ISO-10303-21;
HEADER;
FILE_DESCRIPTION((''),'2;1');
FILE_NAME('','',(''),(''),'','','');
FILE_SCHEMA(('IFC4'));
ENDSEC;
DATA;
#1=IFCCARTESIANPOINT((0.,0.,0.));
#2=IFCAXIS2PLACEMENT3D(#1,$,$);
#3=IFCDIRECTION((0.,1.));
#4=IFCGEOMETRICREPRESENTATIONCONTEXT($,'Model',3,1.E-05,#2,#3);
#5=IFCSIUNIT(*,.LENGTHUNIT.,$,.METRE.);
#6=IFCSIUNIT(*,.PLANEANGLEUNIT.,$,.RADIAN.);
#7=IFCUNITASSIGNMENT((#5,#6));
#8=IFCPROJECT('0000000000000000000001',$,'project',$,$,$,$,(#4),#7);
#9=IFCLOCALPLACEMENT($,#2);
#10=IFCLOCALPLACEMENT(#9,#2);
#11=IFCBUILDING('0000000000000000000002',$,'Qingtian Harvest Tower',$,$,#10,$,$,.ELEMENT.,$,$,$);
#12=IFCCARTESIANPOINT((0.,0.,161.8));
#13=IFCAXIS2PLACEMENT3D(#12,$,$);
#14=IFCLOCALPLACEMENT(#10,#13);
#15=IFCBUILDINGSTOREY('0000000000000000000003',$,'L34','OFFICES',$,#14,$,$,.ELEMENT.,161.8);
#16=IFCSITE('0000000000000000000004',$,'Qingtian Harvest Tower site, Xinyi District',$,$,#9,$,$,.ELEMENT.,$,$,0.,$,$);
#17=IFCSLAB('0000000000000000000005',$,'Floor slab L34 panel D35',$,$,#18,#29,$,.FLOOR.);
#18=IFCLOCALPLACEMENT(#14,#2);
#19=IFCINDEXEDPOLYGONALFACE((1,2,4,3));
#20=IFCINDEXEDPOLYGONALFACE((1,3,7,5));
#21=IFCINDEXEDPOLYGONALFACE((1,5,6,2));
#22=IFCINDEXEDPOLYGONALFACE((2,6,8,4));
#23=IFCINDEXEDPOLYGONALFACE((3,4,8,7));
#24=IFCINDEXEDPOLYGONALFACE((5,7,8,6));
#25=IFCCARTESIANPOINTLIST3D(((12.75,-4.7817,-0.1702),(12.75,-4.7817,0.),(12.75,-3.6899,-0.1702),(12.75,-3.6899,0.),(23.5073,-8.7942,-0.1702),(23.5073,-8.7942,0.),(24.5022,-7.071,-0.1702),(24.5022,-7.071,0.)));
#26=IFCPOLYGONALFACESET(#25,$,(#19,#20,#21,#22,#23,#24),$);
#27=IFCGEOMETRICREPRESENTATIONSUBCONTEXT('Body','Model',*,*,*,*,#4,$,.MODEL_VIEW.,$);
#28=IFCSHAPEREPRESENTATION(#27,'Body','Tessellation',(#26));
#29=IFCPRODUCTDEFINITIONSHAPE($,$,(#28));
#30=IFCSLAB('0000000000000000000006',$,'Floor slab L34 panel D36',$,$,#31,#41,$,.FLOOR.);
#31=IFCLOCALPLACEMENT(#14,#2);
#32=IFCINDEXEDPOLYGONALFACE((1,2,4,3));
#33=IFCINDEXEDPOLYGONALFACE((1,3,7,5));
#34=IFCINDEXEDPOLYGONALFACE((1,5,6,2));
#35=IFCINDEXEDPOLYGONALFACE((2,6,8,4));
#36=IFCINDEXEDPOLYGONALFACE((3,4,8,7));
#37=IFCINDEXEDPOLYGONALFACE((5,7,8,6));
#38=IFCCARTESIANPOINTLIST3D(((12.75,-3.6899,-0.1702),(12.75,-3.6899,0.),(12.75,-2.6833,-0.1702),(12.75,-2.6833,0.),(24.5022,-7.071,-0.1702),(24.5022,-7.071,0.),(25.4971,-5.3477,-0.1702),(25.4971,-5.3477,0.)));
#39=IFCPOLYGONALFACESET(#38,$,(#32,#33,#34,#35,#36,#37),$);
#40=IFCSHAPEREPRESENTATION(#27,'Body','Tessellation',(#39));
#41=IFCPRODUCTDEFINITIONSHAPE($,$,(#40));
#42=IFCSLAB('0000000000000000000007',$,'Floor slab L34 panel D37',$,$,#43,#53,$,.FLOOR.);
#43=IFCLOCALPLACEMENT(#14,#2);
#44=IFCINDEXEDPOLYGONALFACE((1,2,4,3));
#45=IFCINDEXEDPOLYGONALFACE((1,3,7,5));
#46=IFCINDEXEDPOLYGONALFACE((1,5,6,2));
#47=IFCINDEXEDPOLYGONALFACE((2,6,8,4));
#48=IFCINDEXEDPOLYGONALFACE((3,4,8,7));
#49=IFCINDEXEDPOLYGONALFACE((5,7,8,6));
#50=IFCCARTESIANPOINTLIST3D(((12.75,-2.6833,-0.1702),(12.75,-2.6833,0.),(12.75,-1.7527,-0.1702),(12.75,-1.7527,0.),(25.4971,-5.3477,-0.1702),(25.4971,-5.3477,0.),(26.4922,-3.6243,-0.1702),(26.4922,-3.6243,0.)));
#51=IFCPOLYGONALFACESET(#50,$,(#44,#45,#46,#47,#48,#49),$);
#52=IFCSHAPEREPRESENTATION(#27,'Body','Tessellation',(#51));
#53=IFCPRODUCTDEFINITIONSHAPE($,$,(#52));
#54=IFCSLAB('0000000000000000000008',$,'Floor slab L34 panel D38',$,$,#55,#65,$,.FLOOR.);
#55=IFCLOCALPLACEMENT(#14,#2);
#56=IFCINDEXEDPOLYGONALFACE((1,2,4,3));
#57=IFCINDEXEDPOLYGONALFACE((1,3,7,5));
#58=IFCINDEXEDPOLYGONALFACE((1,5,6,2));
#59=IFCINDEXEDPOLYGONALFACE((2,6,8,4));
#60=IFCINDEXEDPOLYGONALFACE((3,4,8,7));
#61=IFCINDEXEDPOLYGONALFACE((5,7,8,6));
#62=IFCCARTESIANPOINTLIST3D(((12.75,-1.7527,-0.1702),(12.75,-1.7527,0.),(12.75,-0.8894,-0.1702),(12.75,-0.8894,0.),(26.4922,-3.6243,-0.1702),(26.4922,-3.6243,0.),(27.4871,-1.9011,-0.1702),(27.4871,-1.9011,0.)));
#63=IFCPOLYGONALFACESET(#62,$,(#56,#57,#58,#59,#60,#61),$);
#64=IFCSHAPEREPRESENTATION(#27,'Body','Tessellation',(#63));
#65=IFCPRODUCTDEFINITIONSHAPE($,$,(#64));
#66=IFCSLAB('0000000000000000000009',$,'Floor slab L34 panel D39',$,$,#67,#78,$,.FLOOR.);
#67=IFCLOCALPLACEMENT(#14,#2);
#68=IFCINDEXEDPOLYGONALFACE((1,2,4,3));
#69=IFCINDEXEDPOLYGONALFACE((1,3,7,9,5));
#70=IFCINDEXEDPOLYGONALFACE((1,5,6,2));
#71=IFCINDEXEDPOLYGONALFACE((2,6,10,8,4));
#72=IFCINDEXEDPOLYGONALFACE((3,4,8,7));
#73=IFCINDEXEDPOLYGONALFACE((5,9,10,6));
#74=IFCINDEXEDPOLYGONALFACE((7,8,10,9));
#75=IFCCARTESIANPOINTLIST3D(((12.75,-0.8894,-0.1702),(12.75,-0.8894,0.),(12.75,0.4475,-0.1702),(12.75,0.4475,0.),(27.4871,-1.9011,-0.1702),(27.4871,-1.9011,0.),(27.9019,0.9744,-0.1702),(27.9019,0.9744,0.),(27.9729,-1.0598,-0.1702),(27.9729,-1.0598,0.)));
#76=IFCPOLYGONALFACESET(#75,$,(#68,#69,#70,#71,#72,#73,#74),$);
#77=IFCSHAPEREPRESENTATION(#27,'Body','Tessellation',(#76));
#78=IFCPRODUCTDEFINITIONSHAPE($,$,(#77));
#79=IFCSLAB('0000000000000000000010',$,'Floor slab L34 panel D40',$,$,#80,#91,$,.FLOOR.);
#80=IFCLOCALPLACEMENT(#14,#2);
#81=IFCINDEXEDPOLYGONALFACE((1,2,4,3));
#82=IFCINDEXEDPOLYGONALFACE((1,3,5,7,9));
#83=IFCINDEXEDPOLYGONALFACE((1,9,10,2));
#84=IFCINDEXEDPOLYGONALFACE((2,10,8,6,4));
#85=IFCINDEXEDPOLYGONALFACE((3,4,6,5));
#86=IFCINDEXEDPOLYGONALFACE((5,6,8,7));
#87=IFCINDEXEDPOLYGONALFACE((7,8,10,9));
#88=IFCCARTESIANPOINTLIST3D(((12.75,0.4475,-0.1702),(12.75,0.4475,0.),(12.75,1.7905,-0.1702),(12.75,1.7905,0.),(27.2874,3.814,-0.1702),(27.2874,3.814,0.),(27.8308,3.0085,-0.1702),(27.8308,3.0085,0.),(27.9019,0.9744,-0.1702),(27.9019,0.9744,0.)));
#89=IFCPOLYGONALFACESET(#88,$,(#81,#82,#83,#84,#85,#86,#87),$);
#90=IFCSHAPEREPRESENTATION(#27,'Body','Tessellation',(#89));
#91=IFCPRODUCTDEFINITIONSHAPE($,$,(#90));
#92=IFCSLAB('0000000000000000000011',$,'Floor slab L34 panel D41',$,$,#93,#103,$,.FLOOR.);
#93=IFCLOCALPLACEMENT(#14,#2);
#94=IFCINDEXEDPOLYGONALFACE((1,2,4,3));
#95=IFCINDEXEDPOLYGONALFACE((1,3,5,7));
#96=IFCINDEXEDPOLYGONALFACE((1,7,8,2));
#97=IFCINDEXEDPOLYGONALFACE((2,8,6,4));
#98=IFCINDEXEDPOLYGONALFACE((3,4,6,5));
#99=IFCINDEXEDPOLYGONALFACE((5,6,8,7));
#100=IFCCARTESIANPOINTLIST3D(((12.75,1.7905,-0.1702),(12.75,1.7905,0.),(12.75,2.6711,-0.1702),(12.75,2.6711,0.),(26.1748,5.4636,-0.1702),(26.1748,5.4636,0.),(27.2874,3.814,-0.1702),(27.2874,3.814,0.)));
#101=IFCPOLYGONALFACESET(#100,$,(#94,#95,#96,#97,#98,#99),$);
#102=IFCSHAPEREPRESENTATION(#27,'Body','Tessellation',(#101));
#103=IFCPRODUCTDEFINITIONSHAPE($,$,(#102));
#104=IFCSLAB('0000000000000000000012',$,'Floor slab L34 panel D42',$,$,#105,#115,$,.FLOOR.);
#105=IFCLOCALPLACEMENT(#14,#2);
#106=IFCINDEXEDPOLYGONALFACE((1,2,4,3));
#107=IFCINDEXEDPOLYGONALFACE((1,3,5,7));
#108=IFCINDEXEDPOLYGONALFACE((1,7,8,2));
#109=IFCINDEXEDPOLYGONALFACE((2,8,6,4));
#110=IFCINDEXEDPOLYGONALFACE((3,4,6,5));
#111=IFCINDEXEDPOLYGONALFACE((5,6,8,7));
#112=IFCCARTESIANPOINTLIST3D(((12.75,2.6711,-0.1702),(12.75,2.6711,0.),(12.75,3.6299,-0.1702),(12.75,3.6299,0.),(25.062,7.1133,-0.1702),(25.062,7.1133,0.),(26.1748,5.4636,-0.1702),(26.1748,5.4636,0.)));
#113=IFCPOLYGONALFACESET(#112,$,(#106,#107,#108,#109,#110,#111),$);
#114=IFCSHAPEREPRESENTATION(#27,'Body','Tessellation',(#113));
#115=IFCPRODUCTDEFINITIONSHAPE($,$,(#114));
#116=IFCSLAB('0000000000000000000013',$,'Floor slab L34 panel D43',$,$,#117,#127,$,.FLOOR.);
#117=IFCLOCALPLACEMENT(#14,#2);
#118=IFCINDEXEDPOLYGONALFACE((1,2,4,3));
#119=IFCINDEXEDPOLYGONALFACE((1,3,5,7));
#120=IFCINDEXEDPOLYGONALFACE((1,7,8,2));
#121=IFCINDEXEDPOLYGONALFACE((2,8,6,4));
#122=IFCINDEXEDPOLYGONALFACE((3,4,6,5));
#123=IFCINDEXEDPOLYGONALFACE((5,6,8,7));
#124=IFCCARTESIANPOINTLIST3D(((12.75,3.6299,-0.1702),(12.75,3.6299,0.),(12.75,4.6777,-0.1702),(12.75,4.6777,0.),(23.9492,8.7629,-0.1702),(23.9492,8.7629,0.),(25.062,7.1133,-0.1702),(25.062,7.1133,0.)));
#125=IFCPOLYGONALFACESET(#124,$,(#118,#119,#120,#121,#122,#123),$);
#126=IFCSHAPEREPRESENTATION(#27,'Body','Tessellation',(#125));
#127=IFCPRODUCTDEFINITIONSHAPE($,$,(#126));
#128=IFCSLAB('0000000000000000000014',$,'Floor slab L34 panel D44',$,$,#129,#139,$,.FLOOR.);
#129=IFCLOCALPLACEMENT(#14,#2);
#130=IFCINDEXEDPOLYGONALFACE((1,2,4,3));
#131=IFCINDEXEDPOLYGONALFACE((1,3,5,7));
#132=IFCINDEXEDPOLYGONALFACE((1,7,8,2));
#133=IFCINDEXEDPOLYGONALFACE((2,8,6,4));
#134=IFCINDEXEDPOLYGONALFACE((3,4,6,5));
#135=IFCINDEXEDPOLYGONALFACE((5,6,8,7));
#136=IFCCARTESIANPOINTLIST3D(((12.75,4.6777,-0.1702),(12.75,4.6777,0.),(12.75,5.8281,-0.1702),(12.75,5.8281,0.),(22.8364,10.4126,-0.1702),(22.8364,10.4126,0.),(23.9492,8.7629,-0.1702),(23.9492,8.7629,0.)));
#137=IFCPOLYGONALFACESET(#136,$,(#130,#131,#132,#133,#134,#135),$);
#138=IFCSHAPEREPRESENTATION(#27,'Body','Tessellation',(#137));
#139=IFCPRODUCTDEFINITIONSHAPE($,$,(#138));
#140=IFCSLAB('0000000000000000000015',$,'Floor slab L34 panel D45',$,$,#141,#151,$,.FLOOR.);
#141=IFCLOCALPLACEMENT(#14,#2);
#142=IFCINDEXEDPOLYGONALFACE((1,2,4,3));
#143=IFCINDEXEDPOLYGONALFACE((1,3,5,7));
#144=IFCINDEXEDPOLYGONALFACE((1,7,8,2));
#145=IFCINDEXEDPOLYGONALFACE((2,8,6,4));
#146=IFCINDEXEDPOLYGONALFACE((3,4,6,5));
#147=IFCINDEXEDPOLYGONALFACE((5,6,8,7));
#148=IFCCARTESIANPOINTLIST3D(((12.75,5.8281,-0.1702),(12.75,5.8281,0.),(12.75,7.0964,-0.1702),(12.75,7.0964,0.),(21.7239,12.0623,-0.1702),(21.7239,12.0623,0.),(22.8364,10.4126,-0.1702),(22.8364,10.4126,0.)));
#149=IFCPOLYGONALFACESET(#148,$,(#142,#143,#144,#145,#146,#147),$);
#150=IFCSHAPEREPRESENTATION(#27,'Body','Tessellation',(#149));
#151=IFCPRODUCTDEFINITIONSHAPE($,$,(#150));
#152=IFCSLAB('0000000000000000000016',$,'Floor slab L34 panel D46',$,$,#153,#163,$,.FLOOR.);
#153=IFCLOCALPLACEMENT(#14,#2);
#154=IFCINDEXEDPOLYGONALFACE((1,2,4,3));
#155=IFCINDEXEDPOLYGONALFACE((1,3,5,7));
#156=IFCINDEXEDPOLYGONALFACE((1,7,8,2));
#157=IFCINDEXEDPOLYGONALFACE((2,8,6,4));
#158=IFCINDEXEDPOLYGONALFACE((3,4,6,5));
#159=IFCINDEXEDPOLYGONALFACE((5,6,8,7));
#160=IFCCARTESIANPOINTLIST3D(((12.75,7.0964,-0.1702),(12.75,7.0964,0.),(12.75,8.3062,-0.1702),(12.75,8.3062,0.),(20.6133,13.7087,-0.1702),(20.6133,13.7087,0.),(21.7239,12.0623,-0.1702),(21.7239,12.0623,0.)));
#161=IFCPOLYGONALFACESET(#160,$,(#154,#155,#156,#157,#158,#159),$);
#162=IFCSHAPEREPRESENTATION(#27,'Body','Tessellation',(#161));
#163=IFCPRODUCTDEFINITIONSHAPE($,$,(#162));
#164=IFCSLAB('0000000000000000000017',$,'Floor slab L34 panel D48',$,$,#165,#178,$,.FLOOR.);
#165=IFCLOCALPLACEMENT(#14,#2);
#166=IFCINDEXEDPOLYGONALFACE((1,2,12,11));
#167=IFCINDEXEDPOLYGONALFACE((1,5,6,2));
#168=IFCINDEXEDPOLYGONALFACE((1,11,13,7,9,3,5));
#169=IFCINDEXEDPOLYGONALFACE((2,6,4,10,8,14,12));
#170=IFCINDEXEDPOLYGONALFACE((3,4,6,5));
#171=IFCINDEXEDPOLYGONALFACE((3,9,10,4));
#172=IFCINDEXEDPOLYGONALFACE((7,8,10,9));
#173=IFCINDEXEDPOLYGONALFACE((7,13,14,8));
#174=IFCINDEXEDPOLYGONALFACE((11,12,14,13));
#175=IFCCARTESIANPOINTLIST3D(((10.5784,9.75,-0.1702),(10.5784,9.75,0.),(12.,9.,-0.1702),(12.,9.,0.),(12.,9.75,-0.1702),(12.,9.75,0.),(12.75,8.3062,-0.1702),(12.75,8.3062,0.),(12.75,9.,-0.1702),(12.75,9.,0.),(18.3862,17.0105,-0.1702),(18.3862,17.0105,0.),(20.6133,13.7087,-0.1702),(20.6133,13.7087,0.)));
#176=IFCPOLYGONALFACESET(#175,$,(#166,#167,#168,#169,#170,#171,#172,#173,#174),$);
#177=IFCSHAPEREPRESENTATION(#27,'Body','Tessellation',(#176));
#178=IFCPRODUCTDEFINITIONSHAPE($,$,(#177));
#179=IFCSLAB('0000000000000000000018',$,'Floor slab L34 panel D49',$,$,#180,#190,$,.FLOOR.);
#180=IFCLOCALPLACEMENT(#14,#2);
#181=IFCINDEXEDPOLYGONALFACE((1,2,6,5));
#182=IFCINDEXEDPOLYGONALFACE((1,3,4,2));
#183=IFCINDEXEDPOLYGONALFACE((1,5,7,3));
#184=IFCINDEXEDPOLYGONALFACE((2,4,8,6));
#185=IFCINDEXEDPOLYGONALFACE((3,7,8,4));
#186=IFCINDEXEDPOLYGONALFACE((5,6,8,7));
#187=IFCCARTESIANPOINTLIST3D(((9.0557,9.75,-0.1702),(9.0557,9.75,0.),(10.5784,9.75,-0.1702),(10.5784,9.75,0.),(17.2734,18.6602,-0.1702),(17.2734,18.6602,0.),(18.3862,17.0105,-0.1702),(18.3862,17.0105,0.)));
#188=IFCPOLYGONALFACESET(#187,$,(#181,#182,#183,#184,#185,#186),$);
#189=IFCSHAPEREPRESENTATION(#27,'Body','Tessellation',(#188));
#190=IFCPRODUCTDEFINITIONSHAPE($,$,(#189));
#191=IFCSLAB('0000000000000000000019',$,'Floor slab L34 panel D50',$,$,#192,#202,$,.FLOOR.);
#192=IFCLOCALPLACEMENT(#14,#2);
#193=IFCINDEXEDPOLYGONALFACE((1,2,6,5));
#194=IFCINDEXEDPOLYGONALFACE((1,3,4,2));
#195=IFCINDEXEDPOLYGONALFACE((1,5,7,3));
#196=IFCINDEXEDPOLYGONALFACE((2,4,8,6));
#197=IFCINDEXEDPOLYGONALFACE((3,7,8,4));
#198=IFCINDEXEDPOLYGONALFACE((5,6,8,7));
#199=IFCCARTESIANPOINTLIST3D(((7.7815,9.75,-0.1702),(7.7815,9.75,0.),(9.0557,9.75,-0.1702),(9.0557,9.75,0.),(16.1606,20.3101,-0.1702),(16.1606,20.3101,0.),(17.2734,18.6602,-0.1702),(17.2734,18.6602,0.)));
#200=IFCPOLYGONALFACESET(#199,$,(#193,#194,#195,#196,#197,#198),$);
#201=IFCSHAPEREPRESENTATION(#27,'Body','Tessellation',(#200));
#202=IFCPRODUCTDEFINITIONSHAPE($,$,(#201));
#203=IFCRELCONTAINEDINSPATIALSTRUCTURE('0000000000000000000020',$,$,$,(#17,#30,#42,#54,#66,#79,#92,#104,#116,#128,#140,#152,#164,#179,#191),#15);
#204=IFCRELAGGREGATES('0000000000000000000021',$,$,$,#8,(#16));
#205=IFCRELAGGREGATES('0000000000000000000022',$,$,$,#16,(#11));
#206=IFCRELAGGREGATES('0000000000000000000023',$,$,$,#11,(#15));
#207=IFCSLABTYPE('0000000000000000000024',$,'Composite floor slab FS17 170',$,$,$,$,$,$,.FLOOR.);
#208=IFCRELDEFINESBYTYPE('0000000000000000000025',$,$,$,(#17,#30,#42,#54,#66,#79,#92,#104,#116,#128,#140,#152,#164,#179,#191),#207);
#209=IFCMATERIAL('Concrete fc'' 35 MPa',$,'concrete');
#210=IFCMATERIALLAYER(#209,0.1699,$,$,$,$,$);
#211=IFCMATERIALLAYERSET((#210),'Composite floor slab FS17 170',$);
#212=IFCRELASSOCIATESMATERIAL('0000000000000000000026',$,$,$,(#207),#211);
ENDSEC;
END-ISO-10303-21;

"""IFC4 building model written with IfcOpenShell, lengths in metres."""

from ifc_helpers import new_model, si_unit, direction, frame, origin, place, context, subcontext, project, spatial, polyline, outline, extrude, material, layer, layer_set, type_object, element, save


model = new_model("IFC4")

# Units and contexts
model_context = context("Model", 3, precision=1e-05, world=origin(), true_north=direction((0.0, 1.0)))
body_context = subcontext(model_context, "Body", "Model", "MODEL_VIEW")
ifc_project = project(units=[si_unit("LENGTHUNIT", "METRE"), si_unit("PLANEANGLEUNIT", "RADIAN")], contexts=[model_context])

# Site, building, storey
site_placement = place(None, origin())
site = spatial("IfcSite", under=ifc_project, at=site_placement, Name="Qingtian Harvest Tower site, Xinyi District", CompositionType="ELEMENT", RefElevation=0.0)
building_placement = place(site_placement, origin())
building = spatial("IfcBuilding", under=site, at=building_placement, Name="Qingtian Harvest Tower", CompositionType="ELEMENT")
storey_placement = place(building_placement, frame((0.0, 0.0, 161.8)))
storey = spatial("IfcBuildingStorey", under=building, at=storey_placement, Name="L34", Description="OFFICES", CompositionType="ELEMENT", Elevation=161.8)

# Slabs
ifc_material_1 = material(Name="Concrete fc' 35 MPa", Category="concrete")
ifc_layer_1 = layer(ifc_material_1, 0.1699)
ifc_layer_set_1 = layer_set([ifc_layer_1], Name="Composite floor slab FS17 170")
slab_type = type_object("IfcSlabType", Name="Composite floor slab FS17 170", PredefinedType="FLOOR", material=ifc_layer_set_1)
slab_1_placement = place(storey_placement, frame((0.0, 0.0, -0.1702)))
element("IfcSlab", 1, at=slab_1_placement, inside=storey, type_object=slab_type, Name="Floor slab L34 panel D35", PredefinedType="FLOOR", context=body_context, shape_type="SweptSolid", body=[
    extrude(outline(polyline([(12.75, -3.6899), (24.5022, -7.071), (23.5073, -8.7942), (12.75, -4.7817), (12.75, -3.6899)])), origin(), (0.0, 0.0, 1.0), 0.1702),
])
slab_2_placement = place(storey_placement, frame((0.0, 0.0, -0.1702)))
element("IfcSlab", 2, at=slab_2_placement, inside=storey, type_object=slab_type, Name="Floor slab L34 panel D36", PredefinedType="FLOOR", context=body_context, shape_type="SweptSolid", body=[
    extrude(outline(polyline([(12.75, -2.6833), (25.4971, -5.3477), (24.5022, -7.071), (12.75, -3.6899), (12.75, -2.6833)])), origin(), (0.0, 0.0, 1.0), 0.1702),
])
slab_3_placement = place(storey_placement, frame((0.0, 0.0, -0.1702)))
element("IfcSlab", 3, at=slab_3_placement, inside=storey, type_object=slab_type, Name="Floor slab L34 panel D37", PredefinedType="FLOOR", context=body_context, shape_type="SweptSolid", body=[
    extrude(outline(polyline([(12.75, -1.7527), (26.4922, -3.6243), (25.4971, -5.3477), (12.75, -2.6833), (12.75, -1.7527)])), origin(), (0.0, 0.0, 1.0), 0.1702),
])
slab_4_placement = place(storey_placement, frame((0.0, 0.0, -0.1702)))
element("IfcSlab", 4, at=slab_4_placement, inside=storey, type_object=slab_type, Name="Floor slab L34 panel D38", PredefinedType="FLOOR", context=body_context, shape_type="SweptSolid", body=[
    extrude(outline(polyline([(12.75, -0.8894), (27.4871, -1.9011), (26.4922, -3.6243), (12.75, -1.7527), (12.75, -0.8894)])), origin(), (0.0, 0.0, 1.0), 0.1702),
])
slab_5_placement = place(storey_placement, frame((0.0, 0.0, -0.1702)))
element("IfcSlab", 5, at=slab_5_placement, inside=storey, type_object=slab_type, Name="Floor slab L34 panel D39", PredefinedType="FLOOR", context=body_context, shape_type="SweptSolid", body=[
    extrude(outline(polyline([(12.75, -0.8894), (12.75, 0.4475), (27.9019, 0.9744), (27.9729, -1.0598), (27.4871, -1.9011), (12.75, -0.8894)])), origin(), (0.0, 0.0, 1.0), 0.1702),
])
slab_6_placement = place(storey_placement, frame((0.0, 0.0, -0.1702)))
element("IfcSlab", 6, at=slab_6_placement, inside=storey, type_object=slab_type, Name="Floor slab L34 panel D40", PredefinedType="FLOOR", context=body_context, shape_type="SweptSolid", body=[
    extrude(outline(polyline([(12.75, 0.4475), (12.75, 1.7905), (27.2874, 3.814), (27.8308, 3.0085), (27.9019, 0.9744), (12.75, 0.4475)])), origin(), (0.0, 0.0, 1.0), 0.1702),
])
slab_7_placement = place(storey_placement, frame((0.0, 0.0, -0.1702)))
element("IfcSlab", 7, at=slab_7_placement, inside=storey, type_object=slab_type, Name="Floor slab L34 panel D41", PredefinedType="FLOOR", context=body_context, shape_type="SweptSolid", body=[
    extrude(outline(polyline([(12.75, 2.6711), (26.1748, 5.4636), (27.2874, 3.814), (12.75, 1.7905), (12.75, 2.6711)])), origin(), (0.0, 0.0, 1.0), 0.1702),
])
slab_8_placement = place(storey_placement, frame((0.0, 0.0, -0.1702)))
element("IfcSlab", 8, at=slab_8_placement, inside=storey, type_object=slab_type, Name="Floor slab L34 panel D42", PredefinedType="FLOOR", context=body_context, shape_type="SweptSolid", body=[
    extrude(outline(polyline([(12.75, 3.6299), (25.062, 7.1133), (26.1748, 5.4636), (12.75, 2.6711), (12.75, 3.6299)])), origin(), (0.0, 0.0, 1.0), 0.1702),
])
slab_9_placement = place(storey_placement, frame((0.0, 0.0, -0.1702)))
element("IfcSlab", 9, at=slab_9_placement, inside=storey, type_object=slab_type, Name="Floor slab L34 panel D43", PredefinedType="FLOOR", context=body_context, shape_type="SweptSolid", body=[
    extrude(outline(polyline([(12.75, 4.6777), (23.9492, 8.7629), (25.062, 7.1133), (12.75, 3.6299), (12.75, 4.6777)])), origin(), (0.0, 0.0, 1.0), 0.1702),
])
slab_10_placement = place(storey_placement, frame((0.0, 0.0, -0.1702)))
element("IfcSlab", 10, at=slab_10_placement, inside=storey, type_object=slab_type, Name="Floor slab L34 panel D44", PredefinedType="FLOOR", context=body_context, shape_type="SweptSolid", body=[
    extrude(outline(polyline([(12.75, 5.8281), (22.8364, 10.4126), (23.9492, 8.7629), (12.75, 4.6777), (12.75, 5.8281)])), origin(), (0.0, 0.0, 1.0), 0.1702),
])
slab_11_placement = place(storey_placement, frame((0.0, 0.0, -0.1702)))
element("IfcSlab", 11, at=slab_11_placement, inside=storey, type_object=slab_type, Name="Floor slab L34 panel D45", PredefinedType="FLOOR", context=body_context, shape_type="SweptSolid", body=[
    extrude(outline(polyline([(12.75, 7.0964), (21.7239, 12.0623), (22.8364, 10.4126), (12.75, 5.8281), (12.75, 7.0964)])), origin(), (0.0, 0.0, 1.0), 0.1702),
])
slab_12_placement = place(storey_placement, frame((0.0, 0.0, -0.1702)))
element("IfcSlab", 12, at=slab_12_placement, inside=storey, type_object=slab_type, Name="Floor slab L34 panel D46", PredefinedType="FLOOR", context=body_context, shape_type="SweptSolid", body=[
    extrude(outline(polyline([(12.75, 8.3062), (20.6133, 13.7087), (21.7239, 12.0623), (12.75, 7.0964), (12.75, 8.3062)])), origin(), (0.0, 0.0, 1.0), 0.1702),
])
slab_13_placement = place(storey_placement, frame((0.0, 0.0, -0.1702)))
element("IfcSlab", 13, at=slab_13_placement, inside=storey, type_object=slab_type, Name="Floor slab L34 panel D48", PredefinedType="FLOOR", context=body_context, shape_type="SweptSolid", body=[
    extrude(outline(polyline([(18.3862, 17.0105), (20.6133, 13.7087), (12.75, 8.3062), (12.75, 9.0), (12.0, 9.0), (12.0, 9.75), (10.5784, 9.75), (18.3862, 17.0105)])), origin(), (0.0, 0.0, 1.0), 0.1702),
])
slab_14_placement = place(storey_placement, frame((0.0, 0.0, -0.1702)))
element("IfcSlab", 14, at=slab_14_placement, inside=storey, type_object=slab_type, Name="Floor slab L34 panel D49", PredefinedType="FLOOR", context=body_context, shape_type="SweptSolid", body=[
    extrude(outline(polyline([(9.0557, 9.75), (17.2734, 18.6602), (18.3862, 17.0105), (10.5784, 9.75), (9.0557, 9.75)])), origin(), (0.0, 0.0, 1.0), 0.1702),
])
slab_15_placement = place(storey_placement, frame((0.0, 0.0, -0.1702)))
element("IfcSlab", 15, at=slab_15_placement, inside=storey, type_object=slab_type, Name="Floor slab L34 panel D50", PredefinedType="FLOOR", context=body_context, shape_type="SweptSolid", body=[
    extrude(outline(polyline([(7.7815, 9.75), (16.1606, 20.3101), (17.2734, 18.6602), (9.0557, 9.75), (7.7815, 9.75)])), origin(), (0.0, 0.0, 1.0), 0.1702),
])

save(model, "model.ifc")
